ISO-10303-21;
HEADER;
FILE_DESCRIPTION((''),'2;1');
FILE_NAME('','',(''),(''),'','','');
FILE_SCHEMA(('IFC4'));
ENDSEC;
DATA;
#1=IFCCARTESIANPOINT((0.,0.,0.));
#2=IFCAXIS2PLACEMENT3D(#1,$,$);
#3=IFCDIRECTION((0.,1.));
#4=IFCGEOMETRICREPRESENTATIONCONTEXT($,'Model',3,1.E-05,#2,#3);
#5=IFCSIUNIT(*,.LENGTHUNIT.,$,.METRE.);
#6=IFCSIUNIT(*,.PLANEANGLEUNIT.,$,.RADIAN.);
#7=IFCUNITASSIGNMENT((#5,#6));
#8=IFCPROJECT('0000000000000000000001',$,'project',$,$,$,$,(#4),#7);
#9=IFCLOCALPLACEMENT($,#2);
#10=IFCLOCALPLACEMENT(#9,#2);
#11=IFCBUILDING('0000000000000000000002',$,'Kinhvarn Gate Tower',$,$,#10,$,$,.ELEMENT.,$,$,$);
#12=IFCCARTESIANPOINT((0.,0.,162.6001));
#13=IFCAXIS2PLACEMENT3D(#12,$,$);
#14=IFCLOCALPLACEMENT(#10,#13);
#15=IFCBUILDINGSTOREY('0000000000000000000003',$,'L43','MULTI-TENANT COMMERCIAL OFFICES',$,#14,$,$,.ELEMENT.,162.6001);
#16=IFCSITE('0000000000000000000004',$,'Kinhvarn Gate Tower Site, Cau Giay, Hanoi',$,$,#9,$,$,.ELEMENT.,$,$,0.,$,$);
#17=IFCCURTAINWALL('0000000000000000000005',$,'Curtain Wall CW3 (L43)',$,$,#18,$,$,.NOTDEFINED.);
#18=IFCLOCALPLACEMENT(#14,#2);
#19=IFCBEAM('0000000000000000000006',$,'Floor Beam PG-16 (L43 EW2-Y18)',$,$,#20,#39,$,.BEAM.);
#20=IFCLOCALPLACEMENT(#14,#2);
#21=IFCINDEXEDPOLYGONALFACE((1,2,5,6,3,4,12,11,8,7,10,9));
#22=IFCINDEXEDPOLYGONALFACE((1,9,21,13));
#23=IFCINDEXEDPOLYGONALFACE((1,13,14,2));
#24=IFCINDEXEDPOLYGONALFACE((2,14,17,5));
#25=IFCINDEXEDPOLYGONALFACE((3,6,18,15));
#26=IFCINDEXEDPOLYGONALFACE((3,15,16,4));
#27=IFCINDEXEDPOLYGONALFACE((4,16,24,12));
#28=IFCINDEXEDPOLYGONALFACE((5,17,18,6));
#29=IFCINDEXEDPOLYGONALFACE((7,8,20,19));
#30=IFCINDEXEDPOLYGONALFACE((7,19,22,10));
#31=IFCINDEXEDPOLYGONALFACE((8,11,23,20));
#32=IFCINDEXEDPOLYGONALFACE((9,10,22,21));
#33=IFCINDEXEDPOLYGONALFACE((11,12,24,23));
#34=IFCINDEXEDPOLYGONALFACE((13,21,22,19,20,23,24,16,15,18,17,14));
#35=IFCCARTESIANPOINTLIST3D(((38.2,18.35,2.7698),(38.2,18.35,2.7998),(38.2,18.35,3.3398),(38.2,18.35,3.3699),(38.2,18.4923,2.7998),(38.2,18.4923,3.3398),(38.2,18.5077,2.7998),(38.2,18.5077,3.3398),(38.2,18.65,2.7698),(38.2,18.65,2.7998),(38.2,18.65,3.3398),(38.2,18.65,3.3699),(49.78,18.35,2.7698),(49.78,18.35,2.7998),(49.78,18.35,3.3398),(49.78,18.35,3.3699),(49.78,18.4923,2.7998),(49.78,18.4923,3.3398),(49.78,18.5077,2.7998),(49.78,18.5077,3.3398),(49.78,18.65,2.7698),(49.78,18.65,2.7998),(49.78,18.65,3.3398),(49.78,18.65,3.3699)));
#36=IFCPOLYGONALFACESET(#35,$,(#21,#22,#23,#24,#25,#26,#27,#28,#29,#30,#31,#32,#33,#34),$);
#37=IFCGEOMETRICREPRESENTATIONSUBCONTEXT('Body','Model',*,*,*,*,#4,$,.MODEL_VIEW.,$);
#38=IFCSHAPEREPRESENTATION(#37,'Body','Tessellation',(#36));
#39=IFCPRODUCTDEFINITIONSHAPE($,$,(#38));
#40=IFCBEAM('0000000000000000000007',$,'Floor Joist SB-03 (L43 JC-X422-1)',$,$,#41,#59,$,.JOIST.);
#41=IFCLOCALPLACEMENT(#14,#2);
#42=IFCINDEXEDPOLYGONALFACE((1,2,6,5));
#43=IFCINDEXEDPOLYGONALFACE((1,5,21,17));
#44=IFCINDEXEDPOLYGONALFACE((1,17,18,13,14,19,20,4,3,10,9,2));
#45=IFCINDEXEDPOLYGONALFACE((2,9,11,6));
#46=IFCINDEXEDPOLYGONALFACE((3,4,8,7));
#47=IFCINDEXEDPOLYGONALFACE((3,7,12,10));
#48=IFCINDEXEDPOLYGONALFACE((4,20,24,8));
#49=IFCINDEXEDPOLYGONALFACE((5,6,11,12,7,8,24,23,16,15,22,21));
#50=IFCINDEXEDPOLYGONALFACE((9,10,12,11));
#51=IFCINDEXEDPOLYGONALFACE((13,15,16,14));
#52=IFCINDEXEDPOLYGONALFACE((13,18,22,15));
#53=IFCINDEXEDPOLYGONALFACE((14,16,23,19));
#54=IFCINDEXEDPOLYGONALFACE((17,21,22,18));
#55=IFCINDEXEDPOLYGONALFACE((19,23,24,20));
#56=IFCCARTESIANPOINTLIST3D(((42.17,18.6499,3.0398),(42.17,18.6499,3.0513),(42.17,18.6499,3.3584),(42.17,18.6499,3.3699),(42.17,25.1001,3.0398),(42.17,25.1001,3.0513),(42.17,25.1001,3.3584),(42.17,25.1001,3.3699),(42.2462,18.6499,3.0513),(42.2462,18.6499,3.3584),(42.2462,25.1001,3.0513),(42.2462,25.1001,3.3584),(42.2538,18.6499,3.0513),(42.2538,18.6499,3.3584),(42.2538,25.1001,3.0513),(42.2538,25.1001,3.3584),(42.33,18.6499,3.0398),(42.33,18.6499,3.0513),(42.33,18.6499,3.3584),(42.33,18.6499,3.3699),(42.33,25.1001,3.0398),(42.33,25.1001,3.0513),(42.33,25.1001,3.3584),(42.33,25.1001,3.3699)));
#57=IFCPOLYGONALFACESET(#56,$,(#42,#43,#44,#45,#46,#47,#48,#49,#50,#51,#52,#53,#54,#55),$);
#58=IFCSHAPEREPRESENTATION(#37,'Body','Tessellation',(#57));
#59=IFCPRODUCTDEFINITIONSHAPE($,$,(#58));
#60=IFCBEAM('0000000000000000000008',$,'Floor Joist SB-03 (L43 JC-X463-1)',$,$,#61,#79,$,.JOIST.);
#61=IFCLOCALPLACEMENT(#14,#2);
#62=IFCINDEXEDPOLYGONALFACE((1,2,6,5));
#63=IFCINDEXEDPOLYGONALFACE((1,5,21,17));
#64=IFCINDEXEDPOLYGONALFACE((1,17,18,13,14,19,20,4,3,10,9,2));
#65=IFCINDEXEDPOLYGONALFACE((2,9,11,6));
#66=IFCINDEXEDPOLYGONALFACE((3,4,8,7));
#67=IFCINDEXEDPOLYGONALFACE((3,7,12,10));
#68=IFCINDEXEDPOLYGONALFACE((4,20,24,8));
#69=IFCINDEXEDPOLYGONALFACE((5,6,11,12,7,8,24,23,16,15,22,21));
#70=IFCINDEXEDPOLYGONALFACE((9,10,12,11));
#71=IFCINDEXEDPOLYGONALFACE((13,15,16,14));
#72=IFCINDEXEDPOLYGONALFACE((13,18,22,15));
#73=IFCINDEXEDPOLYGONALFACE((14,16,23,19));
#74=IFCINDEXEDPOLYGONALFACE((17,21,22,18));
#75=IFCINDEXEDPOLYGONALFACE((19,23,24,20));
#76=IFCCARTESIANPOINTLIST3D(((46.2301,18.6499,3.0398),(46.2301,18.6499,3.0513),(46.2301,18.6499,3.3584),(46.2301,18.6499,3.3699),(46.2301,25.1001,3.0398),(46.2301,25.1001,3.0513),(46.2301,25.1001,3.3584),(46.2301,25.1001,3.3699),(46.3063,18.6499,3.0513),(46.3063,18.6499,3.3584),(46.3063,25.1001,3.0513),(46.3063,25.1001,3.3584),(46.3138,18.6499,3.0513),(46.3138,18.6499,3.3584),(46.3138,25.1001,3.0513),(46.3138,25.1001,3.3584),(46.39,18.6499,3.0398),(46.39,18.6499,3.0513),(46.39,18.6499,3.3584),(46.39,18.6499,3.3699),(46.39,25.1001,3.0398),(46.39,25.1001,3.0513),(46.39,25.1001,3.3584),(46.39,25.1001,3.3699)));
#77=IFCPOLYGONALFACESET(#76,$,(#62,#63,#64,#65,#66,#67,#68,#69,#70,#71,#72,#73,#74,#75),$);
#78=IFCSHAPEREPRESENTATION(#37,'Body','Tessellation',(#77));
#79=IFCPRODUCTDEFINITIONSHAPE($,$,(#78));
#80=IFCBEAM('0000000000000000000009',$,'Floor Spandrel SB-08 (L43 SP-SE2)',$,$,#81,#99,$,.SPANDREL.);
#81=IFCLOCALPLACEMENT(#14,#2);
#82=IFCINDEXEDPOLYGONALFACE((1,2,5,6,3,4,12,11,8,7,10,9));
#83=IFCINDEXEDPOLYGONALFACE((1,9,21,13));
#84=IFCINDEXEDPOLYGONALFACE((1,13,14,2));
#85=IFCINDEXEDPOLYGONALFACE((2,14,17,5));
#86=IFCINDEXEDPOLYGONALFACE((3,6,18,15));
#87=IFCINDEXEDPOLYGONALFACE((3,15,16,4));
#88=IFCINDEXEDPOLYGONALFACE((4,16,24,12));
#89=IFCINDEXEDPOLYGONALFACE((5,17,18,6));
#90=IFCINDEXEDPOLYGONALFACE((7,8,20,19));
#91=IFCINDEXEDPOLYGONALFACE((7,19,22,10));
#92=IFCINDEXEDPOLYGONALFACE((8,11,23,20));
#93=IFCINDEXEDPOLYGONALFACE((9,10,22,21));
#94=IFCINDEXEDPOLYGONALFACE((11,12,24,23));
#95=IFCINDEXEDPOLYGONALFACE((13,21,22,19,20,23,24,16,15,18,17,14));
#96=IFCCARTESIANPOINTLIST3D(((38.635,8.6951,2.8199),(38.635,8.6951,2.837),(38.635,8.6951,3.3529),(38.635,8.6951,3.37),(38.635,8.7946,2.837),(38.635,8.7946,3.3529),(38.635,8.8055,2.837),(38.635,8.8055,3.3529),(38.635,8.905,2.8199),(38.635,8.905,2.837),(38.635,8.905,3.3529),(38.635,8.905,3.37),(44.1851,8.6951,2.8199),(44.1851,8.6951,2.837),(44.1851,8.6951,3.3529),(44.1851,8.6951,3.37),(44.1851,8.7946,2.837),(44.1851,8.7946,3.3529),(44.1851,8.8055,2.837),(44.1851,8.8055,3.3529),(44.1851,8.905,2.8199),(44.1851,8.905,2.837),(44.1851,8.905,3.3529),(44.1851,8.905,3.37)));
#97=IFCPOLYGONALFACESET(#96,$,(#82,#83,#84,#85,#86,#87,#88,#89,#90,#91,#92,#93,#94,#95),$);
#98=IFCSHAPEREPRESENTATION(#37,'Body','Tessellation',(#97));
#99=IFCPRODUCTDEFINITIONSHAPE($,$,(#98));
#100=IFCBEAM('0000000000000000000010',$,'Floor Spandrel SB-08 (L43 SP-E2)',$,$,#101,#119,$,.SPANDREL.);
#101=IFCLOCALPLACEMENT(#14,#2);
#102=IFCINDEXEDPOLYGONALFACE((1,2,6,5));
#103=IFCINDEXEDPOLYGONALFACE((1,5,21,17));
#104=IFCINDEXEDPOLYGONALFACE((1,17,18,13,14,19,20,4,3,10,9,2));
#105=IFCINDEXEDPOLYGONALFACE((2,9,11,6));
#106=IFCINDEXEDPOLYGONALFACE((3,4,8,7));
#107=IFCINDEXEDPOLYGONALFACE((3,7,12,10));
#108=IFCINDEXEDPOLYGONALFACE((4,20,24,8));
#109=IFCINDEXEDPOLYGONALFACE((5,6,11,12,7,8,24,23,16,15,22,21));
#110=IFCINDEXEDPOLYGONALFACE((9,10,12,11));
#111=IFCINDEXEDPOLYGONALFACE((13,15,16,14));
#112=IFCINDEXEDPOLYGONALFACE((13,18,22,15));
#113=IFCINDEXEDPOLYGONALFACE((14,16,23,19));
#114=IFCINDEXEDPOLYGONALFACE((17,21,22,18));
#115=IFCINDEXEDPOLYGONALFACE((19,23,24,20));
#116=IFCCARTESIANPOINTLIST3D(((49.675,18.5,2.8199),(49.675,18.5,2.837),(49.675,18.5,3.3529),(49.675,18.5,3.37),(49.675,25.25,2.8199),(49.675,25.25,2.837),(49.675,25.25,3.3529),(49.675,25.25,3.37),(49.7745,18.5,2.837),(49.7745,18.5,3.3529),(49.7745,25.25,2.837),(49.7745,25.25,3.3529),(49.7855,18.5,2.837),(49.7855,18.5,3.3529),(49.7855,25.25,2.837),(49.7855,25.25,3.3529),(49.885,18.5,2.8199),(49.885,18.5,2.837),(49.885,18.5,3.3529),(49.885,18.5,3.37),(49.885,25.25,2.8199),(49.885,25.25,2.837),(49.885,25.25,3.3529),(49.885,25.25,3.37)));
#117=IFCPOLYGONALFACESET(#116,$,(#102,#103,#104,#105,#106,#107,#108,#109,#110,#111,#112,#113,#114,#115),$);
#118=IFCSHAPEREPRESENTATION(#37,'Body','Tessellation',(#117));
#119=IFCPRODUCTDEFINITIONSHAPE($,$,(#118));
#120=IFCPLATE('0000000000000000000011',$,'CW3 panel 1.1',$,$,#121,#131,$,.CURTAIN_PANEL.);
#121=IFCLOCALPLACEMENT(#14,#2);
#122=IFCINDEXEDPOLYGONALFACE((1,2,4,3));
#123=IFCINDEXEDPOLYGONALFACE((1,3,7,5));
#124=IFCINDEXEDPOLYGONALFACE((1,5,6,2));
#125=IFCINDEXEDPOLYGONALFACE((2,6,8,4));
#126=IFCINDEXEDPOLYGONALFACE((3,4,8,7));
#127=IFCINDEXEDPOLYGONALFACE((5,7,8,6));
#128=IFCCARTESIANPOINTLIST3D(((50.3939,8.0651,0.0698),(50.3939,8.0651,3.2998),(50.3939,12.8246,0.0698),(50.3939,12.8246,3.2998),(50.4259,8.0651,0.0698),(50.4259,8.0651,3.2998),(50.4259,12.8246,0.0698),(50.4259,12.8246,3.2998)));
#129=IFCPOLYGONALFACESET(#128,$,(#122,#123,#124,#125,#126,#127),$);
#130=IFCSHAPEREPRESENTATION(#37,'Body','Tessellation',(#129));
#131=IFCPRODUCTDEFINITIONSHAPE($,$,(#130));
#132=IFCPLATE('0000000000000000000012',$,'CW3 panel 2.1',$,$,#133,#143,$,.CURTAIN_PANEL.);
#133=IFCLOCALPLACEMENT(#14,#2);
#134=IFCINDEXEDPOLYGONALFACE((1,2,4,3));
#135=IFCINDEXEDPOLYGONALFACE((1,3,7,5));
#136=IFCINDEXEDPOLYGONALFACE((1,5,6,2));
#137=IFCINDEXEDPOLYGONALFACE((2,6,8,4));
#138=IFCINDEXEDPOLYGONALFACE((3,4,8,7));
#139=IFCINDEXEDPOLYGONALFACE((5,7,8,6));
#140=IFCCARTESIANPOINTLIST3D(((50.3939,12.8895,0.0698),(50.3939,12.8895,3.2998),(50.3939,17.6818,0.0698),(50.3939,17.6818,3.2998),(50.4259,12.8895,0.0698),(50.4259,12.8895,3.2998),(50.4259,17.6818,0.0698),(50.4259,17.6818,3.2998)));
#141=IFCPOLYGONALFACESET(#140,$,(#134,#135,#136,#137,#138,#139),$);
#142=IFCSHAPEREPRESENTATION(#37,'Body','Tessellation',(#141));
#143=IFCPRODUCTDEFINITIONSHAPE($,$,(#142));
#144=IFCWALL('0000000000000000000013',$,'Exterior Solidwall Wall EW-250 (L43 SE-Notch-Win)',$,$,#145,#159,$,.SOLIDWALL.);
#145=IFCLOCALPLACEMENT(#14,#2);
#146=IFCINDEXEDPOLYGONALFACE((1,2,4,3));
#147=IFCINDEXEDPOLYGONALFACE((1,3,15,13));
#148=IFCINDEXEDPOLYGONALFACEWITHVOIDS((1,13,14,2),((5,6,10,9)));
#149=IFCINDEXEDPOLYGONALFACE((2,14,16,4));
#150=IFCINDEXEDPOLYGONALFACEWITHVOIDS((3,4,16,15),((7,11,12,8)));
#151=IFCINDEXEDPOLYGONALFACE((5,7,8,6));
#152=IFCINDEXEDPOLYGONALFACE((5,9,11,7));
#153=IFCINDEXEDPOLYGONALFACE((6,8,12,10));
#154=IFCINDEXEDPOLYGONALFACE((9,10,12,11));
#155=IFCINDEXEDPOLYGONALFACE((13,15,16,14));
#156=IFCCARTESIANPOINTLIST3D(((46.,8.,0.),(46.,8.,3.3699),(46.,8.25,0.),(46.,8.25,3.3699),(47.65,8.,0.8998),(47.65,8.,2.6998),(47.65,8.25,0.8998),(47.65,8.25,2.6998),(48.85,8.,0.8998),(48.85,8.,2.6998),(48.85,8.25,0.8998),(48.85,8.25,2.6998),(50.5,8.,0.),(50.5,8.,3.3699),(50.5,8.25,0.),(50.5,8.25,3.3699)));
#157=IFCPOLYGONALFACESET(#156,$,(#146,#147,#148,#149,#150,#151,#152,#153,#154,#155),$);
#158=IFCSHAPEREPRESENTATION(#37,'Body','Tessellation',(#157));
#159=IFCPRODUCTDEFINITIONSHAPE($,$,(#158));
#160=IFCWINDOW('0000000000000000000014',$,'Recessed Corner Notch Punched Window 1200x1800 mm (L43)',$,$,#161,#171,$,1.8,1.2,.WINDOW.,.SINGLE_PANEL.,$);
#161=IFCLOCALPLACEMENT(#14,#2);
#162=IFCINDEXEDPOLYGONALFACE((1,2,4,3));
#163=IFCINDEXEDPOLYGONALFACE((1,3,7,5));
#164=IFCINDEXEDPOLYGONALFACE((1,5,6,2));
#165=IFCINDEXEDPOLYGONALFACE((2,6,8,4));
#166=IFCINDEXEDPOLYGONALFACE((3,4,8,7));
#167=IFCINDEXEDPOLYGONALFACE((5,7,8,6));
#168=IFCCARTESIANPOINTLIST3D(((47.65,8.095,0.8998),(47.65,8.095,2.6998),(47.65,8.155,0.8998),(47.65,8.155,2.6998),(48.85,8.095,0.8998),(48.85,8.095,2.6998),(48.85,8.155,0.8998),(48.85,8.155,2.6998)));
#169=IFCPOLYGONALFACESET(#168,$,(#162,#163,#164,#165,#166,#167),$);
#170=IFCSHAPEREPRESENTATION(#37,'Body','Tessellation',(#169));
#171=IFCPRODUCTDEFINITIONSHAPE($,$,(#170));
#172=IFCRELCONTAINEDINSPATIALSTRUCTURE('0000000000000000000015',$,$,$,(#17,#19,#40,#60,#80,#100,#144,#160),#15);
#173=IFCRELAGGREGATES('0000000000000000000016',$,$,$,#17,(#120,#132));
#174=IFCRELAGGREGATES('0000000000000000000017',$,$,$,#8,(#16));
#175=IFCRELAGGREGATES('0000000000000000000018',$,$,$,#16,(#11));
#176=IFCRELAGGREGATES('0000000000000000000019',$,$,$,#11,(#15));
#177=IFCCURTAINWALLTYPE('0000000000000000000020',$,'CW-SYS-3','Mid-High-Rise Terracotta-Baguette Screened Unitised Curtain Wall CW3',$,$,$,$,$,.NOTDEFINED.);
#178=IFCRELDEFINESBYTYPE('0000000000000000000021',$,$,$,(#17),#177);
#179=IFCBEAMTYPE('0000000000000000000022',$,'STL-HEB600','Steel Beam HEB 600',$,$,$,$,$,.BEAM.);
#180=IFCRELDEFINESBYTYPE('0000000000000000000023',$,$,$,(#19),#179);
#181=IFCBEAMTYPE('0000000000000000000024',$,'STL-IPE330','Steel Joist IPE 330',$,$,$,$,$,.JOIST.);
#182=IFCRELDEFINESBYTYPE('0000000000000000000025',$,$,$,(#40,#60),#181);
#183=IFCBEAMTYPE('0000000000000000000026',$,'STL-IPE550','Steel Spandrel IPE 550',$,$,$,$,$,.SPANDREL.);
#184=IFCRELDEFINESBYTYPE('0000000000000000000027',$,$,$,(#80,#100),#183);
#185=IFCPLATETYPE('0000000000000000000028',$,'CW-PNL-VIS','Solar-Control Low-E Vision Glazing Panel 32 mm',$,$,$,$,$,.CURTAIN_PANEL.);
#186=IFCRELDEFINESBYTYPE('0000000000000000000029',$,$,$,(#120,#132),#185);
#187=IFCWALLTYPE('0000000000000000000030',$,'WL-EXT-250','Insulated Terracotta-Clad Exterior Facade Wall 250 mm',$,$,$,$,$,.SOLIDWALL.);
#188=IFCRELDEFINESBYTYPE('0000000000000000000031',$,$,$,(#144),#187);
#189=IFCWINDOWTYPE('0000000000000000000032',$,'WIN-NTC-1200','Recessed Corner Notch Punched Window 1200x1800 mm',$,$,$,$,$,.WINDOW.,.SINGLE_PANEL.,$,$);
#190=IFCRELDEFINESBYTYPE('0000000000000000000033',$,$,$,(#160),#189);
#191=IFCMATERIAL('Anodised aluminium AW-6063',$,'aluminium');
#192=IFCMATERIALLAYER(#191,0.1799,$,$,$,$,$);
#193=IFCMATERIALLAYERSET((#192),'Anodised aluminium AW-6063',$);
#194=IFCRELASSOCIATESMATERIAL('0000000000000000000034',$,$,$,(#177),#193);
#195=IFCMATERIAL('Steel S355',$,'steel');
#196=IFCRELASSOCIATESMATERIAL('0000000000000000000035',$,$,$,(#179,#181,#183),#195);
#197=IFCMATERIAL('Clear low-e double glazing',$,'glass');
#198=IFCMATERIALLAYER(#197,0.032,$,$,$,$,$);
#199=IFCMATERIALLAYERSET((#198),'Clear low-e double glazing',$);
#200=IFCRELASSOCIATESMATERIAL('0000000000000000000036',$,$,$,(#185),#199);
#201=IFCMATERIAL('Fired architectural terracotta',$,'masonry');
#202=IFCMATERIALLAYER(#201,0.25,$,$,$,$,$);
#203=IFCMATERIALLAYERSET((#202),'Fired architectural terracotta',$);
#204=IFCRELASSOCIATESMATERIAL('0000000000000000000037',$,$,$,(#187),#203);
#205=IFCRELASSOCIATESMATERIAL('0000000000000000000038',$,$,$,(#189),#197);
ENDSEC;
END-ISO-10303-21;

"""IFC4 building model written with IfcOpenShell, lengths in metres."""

from ifc_helpers import new_model, si_unit, direction, frame, frame_2d, origin, origin_2d, place, context, subcontext, project, spatial, rectangle, i_section, extrude, material, layer, layer_set, material_profile, profile_set, type_object, element, fill, aggregate, save


model = new_model("IFC4")

# Units and contexts
model_context = context("Model", 3, precision=1e-05, world=origin(), true_north=direction((0.0, 1.0)))
body_context = subcontext(model_context, "Body", "Model", "MODEL_VIEW")
ifc_project = project(units=[si_unit("LENGTHUNIT", "METRE"), si_unit("PLANEANGLEUNIT", "RADIAN")], contexts=[model_context])

# Site, building, storey
site_placement = place(None, origin())
site = spatial("IfcSite", under=ifc_project, at=site_placement, Name="Kinhvarn Gate Tower Site, Cau Giay, Hanoi", CompositionType="ELEMENT", RefElevation=0.0)
building_placement = place(site_placement, origin())
building = spatial("IfcBuilding", under=site, at=building_placement, Name="Kinhvarn Gate Tower", CompositionType="ELEMENT")
storey_placement = place(building_placement, frame((0.0, 0.0, 162.6001)))
storey = spatial("IfcBuildingStorey", under=building, at=storey_placement, Name="L43", Description="MULTI-TENANT COMMERCIAL OFFICES", CompositionType="ELEMENT", Elevation=162.6001)

# Curtain wall
ifc_material_1 = material(Name="Anodised aluminium AW-6063", Category="aluminium")
ifc_layer_1 = layer(ifc_material_1, 0.1799)
ifc_layer_set_1 = layer_set([ifc_layer_1], Name="Anodised aluminium AW-6063")
curtain_wall_type = type_object("IfcCurtainWallType", Name="CW-SYS-3", Description="Mid-High-Rise Terracotta-Baguette Screened Unitised Curtain Wall CW3", PredefinedType="NOTDEFINED", material=ifc_layer_set_1)
curtain_wall_placement = place(storey_placement, origin())
curtain_wall = element("IfcCurtainWall", 1, at=curtain_wall_placement, inside=storey, type_object=curtain_wall_type, Name="Curtain Wall CW3 (L43)", PredefinedType="NOTDEFINED")

# Beams
ifc_material_2 = material(Name="Steel S355", Category="steel")
ifc_material_profile_1 = material_profile(ifc_material_2, i_section(OverallWidth=0.3, OverallDepth=0.6001, WebThickness=0.0154, FlangeThickness=0.03, at=origin_2d()), Name="HEB 600")
ifc_profile_set_1 = profile_set([ifc_material_profile_1], Name="Steel S355")
beam_type_1 = type_object("IfcBeamType", Name="STL-HEB600", Description="Steel Beam HEB 600", PredefinedType="BEAM", material=ifc_profile_set_1)
beam_1_placement = place(storey_placement, frame((38.2, 18.5, 3.0698), z_axis=(1.0, 0.0, 0.0), x_axis=(0.0, 1.0, 0.0)))
element("IfcBeam", 2, at=beam_1_placement, inside=storey, type_object=beam_type_1, Name="Floor Beam PG-16 (L43 EW2-Y18)", PredefinedType="BEAM", context=body_context, shape_type="SweptSolid", body=[
    extrude(i_section(OverallWidth=0.3, OverallDepth=0.6001, WebThickness=0.0154, FlangeThickness=0.03, at=origin_2d()), origin(), (0.0, 0.0, 1.0), 11.5801),
])
ifc_material_profile_2 = material_profile(ifc_material_2, i_section(OverallWidth=0.1599, OverallDepth=0.3301, WebThickness=0.0076, FlangeThickness=0.0115, at=origin_2d()), Name="IPE 330")
ifc_profile_set_2 = profile_set([ifc_material_profile_2], Name="Steel S355")
beam_type_2 = type_object("IfcBeamType", Name="STL-IPE330", Description="Steel Joist IPE 330", PredefinedType="JOIST", material=ifc_profile_set_2)
for number, where, z_axis, x_axis, name in (
    (3, (42.25, 18.6499, 3.2048), (0.0, 1.0, 0.0), (-1.0, 0.0, 0.0), "Floor Joist SB-03 (L43 JC-X422-1)"),
    (4, (46.3101, 18.6499, 3.2048), (0.0, 1.0, 0.0), (-1.0, 0.0, 0.0), "Floor Joist SB-03 (L43 JC-X463-1)"),
):
    element("IfcBeam", number, at=place(storey_placement, frame(where, z_axis=z_axis, x_axis=x_axis)), inside=storey, type_object=beam_type_2, Name=name, PredefinedType="JOIST", context=body_context, shape_type="SweptSolid", body=[
        extrude(i_section(OverallWidth=0.1599, OverallDepth=0.3301, WebThickness=0.0076, FlangeThickness=0.0115, at=origin_2d()), origin(), (0.0, 0.0, 1.0), 6.4502),
    ])
ifc_material_profile_3 = material_profile(ifc_material_2, i_section(OverallWidth=0.21, OverallDepth=0.55, WebThickness=0.011, FlangeThickness=0.0171, at=origin_2d()), Name="IPE 550")
ifc_profile_set_3 = profile_set([ifc_material_profile_3], Name="Steel S355")
beam_type_3 = type_object("IfcBeamType", Name="STL-IPE550", Description="Steel Spandrel IPE 550", PredefinedType="SPANDREL", material=ifc_profile_set_3)
beam_2_placement = place(storey_placement, frame((38.635, 8.8, 3.095), z_axis=(1.0, 0.0, 0.0), x_axis=(0.0, 1.0, 0.0)))
element("IfcBeam", 5, at=beam_2_placement, inside=storey, type_object=beam_type_3, Name="Floor Spandrel SB-08 (L43 SP-SE2)", PredefinedType="SPANDREL", context=body_context, shape_type="SweptSolid", body=[
    extrude(i_section(OverallWidth=0.21, OverallDepth=0.55, WebThickness=0.011, FlangeThickness=0.0171, at=origin_2d()), origin(), (0.0, 0.0, 1.0), 5.55),
])
beam_3_placement = place(storey_placement, frame((49.78, 18.5, 3.095), z_axis=(0.0, 1.0, 0.0), x_axis=(-1.0, 0.0, 0.0)))
element("IfcBeam", 6, at=beam_3_placement, inside=storey, type_object=beam_type_3, Name="Floor Spandrel SB-08 (L43 SP-E2)", PredefinedType="SPANDREL", context=body_context, shape_type="SweptSolid", body=[
    extrude(i_section(OverallWidth=0.21, OverallDepth=0.55, WebThickness=0.011, FlangeThickness=0.0171, at=origin_2d()), origin(), (0.0, 0.0, 1.0), 6.75),
])

# Plates
ifc_material_3 = material(Name="Clear low-e double glazing", Category="glass")
ifc_layer_2 = layer(ifc_material_3, 0.032)
ifc_layer_set_2 = layer_set([ifc_layer_2], Name="Clear low-e double glazing")
plate_type = type_object("IfcPlateType", Name="CW-PNL-VIS", Description="Solar-Control Low-E Vision Glazing Panel 32 mm", PredefinedType="CURTAIN_PANEL", material=ifc_layer_set_2)
plate_1_placement = place(storey_placement, frame((50.4099, 10.4448, 0.0698), z_axis=(0.0, 0.0, 1.0), x_axis=(0.0, 1.0, 0.0)))
plate_1 = element("IfcPlate", 7, at=plate_1_placement, type_object=plate_type, Name="CW3 panel 1.1", PredefinedType="CURTAIN_PANEL", context=body_context, shape_type="SweptSolid", body=[
    extrude(rectangle(XDim=4.7595, YDim=0.032, at=origin_2d()), origin(), (0.0, 0.0, 1.0), 3.23),
])
plate_2_placement = place(storey_placement, frame((50.4099, 15.2856, 0.0698), z_axis=(0.0, 0.0, 1.0), x_axis=(0.0, 1.0, 0.0)))
plate_2 = element("IfcPlate", 8, at=plate_2_placement, type_object=plate_type, Name="CW3 panel 2.1", PredefinedType="CURTAIN_PANEL", context=body_context, shape_type="SweptSolid", body=[
    extrude(rectangle(XDim=4.7922, YDim=0.032, at=origin_2d()), origin(), (0.0, 0.0, 1.0), 3.23),
])
aggregate(curtain_wall, [plate_1, plate_2])

# Wall, opening, window
ifc_material_4 = material(Name="Fired architectural terracotta", Category="masonry")
ifc_layer_3 = layer(ifc_material_4, 0.25)
ifc_layer_set_3 = layer_set([ifc_layer_3], Name="Fired architectural terracotta")
wall_type = type_object("IfcWallType", Name="WL-EXT-250", Description="Insulated Terracotta-Clad Exterior Facade Wall 250 mm", PredefinedType="SOLIDWALL", material=ifc_layer_set_3)
wall_placement = place(storey_placement, frame((46.0, 8.125, 0.0), z_axis=(0.0, 0.0, 1.0), x_axis=(1.0, 0.0, 0.0)))
wall = element("IfcWall", 9, at=wall_placement, inside=storey, type_object=wall_type, Name="Exterior Solidwall Wall EW-250 (L43 SE-Notch-Win)", PredefinedType="SOLIDWALL", context=body_context, shape_type="SweptSolid", body=[
    extrude(rectangle(XDim=4.5, YDim=0.25, at=frame_2d((2.25, 0.0))), origin(), (0.0, 0.0, 1.0), 3.3699),
])
opening_placement = place(wall_placement, frame((1.6499, 0.0, 0.8999)))
opening = element("IfcOpeningElement", 10, at=opening_placement, cuts=wall, PredefinedType="OPENING", context=body_context, shape_type="SweptSolid", body=[
    extrude(rectangle(XDim=1.2, YDim=1.8, at=frame_2d((0.6001, 0.8999))), frame((0.0, 0.135, 0.0), z_axis=(0.0, -1.0, 0.0), x_axis=(1.0, 0.0, 0.0)), (0.0, 0.0, 1.0), 0.27),
])
window_type = type_object("IfcWindowType", Name="WIN-NTC-1200", Description="Recessed Corner Notch Punched Window 1200x1800 mm", PartitioningType="SINGLE_PANEL", PredefinedType="WINDOW", material=ifc_material_3)
window_placement = place(opening_placement, origin())
window = element("IfcWindow", 11, at=window_placement, inside=storey, type_object=window_type, Name="Recessed Corner Notch Punched Window 1200x1800 mm (L43)", OverallHeight=1.8, OverallWidth=1.2, PartitioningType="SINGLE_PANEL", PredefinedType="WINDOW", context=body_context, shape_type="SweptSolid", body=[
    extrude(rectangle(XDim=1.2, YDim=1.8, at=frame_2d((0.6001, 0.8999))), frame((0.0, 0.03, 0.0), z_axis=(0.0, -1.0, 0.0), x_axis=(1.0, 0.0, 0.0)), (0.0, 0.0, 1.0), 0.0601),
])
fill(opening, window)

save(model, "model.ifc")
